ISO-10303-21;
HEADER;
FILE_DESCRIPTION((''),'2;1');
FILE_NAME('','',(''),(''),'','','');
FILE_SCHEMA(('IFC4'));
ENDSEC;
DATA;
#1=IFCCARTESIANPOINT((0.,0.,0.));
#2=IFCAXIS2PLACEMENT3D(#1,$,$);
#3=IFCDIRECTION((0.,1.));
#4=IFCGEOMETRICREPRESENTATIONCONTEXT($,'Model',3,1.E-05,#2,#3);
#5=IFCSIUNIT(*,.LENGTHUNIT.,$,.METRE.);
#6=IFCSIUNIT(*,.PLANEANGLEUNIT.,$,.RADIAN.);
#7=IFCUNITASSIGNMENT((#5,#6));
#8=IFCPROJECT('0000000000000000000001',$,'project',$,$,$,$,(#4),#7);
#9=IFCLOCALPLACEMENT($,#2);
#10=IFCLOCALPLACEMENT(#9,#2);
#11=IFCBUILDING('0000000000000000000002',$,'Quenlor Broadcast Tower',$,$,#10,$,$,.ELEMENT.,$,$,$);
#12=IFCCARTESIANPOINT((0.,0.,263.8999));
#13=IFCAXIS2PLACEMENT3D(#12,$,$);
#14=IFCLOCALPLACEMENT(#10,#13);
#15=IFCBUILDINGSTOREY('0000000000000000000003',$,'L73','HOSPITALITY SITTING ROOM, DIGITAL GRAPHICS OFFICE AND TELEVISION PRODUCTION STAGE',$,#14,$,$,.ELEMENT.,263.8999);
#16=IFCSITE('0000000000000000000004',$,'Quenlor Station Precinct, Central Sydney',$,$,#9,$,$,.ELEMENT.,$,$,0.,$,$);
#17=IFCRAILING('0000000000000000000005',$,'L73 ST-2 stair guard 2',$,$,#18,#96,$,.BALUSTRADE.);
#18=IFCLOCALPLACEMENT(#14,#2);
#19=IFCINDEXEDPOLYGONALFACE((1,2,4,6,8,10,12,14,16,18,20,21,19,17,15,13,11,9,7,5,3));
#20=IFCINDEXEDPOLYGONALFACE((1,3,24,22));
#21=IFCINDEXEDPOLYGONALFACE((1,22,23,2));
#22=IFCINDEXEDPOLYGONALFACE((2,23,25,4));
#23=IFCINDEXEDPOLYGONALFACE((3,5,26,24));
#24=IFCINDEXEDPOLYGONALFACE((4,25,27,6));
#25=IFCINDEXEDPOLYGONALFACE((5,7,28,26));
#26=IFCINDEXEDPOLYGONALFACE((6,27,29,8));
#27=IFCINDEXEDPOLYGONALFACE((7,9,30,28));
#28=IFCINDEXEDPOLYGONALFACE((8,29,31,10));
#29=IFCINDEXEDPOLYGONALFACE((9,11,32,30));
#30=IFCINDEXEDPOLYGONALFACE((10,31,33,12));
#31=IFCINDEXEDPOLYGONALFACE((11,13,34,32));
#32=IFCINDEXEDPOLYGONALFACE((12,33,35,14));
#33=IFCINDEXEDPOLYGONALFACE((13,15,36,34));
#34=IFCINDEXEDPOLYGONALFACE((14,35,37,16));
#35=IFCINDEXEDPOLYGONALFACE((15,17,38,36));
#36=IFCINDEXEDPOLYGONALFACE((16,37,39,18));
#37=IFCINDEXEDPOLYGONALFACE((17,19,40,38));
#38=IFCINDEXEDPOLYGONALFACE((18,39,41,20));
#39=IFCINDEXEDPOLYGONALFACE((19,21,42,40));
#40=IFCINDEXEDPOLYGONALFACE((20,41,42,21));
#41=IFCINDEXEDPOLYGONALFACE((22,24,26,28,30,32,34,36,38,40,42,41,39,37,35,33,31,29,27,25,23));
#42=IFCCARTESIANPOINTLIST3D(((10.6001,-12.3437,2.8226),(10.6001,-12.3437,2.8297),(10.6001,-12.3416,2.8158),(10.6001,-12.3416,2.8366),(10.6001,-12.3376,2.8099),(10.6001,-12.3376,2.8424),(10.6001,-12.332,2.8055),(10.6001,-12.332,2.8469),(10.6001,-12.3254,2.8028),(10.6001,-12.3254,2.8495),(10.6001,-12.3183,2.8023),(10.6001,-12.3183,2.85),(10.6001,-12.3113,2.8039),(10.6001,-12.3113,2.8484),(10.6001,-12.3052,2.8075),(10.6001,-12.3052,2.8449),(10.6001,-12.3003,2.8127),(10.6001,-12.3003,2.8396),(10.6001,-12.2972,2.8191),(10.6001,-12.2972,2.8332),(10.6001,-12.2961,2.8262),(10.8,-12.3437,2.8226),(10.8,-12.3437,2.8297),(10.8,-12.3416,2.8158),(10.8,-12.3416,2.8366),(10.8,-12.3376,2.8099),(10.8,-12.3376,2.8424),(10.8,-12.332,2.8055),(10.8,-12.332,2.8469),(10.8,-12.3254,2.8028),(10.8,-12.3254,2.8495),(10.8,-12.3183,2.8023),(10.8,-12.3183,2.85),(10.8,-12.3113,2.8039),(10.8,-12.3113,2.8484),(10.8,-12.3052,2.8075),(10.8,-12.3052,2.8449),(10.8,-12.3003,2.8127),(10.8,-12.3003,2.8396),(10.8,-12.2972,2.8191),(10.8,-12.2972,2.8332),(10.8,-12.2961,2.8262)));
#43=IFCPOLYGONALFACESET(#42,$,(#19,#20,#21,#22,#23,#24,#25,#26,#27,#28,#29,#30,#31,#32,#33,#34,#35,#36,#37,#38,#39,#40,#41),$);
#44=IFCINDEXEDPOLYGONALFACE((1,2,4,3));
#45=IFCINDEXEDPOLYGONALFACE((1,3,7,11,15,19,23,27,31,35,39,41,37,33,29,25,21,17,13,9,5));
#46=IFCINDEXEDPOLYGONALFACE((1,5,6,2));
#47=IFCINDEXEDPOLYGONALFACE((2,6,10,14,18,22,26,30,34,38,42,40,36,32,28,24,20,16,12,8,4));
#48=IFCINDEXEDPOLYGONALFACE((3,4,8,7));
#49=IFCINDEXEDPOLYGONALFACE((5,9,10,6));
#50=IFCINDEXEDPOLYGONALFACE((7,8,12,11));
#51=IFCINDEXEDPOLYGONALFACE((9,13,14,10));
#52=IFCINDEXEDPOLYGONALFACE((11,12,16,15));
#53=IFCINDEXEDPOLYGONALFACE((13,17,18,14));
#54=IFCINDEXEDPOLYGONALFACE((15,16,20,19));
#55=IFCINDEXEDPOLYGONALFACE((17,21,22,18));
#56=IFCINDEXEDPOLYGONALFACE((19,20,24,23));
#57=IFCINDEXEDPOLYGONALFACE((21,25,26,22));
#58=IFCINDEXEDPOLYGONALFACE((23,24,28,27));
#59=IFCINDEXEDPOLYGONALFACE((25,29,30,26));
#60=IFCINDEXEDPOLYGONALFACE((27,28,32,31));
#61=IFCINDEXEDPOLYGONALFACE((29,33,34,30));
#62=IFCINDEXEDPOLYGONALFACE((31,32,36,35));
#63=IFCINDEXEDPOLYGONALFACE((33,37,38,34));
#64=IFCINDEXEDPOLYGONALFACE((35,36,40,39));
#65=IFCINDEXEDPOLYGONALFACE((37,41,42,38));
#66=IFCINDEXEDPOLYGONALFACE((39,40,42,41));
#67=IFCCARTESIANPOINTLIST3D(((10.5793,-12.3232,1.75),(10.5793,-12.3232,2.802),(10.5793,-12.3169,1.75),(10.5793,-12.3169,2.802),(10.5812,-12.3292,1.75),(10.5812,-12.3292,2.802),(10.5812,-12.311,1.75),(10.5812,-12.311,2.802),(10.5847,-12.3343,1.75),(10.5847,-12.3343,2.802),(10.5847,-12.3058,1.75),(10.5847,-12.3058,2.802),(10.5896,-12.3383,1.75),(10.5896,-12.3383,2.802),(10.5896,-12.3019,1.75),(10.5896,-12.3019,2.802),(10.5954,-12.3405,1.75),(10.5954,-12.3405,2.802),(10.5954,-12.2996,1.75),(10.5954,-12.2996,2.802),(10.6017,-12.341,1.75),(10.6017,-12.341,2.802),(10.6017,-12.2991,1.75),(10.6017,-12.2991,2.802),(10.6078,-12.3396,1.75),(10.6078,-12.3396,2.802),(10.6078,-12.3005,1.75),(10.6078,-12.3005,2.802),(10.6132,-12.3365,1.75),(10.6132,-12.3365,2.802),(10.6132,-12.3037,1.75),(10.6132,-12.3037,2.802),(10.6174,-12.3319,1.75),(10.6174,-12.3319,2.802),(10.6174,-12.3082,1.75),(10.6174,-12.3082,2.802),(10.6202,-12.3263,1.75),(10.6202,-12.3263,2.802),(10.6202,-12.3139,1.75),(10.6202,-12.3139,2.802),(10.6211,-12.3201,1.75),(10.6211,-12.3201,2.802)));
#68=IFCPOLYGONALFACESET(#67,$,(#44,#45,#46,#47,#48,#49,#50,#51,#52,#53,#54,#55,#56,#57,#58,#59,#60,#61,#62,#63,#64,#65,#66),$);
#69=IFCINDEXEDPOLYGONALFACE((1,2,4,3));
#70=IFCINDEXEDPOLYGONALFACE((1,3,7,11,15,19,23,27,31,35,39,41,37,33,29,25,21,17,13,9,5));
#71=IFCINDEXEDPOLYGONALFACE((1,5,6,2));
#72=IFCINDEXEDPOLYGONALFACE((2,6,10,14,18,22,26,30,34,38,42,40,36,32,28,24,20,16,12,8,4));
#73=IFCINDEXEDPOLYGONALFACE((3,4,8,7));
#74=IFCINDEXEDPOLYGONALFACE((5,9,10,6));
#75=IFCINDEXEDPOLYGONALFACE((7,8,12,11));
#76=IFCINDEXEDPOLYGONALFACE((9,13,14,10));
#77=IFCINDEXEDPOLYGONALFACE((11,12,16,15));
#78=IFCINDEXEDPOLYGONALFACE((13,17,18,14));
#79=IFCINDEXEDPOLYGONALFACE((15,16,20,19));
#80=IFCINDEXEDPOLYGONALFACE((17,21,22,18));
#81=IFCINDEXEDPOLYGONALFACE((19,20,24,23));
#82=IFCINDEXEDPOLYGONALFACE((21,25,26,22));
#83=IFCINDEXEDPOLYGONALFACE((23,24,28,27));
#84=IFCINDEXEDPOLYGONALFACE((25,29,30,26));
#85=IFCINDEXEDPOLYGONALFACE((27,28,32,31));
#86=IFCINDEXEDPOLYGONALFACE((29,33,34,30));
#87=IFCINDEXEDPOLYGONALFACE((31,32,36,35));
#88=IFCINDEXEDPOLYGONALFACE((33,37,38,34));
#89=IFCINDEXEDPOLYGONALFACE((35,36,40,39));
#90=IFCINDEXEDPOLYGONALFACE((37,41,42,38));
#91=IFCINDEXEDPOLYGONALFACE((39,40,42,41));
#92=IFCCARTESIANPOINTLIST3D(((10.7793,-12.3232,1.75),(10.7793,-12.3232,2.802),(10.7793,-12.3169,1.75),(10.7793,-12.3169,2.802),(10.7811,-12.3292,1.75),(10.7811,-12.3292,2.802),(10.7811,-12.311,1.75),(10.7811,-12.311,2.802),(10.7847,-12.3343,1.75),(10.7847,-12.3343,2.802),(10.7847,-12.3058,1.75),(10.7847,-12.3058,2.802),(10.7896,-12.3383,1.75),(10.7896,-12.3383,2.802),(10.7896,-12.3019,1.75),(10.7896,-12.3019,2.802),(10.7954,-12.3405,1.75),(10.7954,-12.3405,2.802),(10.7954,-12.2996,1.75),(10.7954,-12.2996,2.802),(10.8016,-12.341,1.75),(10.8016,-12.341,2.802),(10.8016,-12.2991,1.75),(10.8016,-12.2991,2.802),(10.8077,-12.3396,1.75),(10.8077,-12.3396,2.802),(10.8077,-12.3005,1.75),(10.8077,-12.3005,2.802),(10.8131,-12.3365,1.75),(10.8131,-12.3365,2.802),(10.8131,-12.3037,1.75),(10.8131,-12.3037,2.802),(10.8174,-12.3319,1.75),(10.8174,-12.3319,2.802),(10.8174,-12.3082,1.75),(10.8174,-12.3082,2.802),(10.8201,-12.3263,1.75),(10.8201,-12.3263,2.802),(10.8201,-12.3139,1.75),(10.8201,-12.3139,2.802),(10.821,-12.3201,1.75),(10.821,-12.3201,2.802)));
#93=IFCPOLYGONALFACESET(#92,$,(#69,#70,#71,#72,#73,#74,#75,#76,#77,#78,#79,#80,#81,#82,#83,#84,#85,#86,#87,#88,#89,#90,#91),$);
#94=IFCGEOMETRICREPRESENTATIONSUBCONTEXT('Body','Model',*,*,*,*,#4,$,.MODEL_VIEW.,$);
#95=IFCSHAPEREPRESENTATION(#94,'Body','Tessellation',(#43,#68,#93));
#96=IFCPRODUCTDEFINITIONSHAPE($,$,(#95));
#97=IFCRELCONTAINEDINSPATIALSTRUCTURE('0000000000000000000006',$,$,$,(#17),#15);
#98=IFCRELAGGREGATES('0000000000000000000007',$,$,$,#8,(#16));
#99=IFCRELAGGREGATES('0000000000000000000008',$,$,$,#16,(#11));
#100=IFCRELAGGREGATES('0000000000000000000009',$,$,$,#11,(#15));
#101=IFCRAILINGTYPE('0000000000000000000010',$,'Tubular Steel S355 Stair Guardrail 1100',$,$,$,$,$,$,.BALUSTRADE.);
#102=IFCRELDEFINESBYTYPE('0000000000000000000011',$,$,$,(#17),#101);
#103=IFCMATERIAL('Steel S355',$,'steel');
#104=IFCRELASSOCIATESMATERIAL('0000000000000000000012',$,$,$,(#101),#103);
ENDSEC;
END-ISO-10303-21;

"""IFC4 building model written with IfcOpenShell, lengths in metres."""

from ifc_helpers import new_model, si_unit, direction, frame, origin, origin_2d, place, context, subcontext, project, spatial, circle, extrude, material, type_object, element, save


model = new_model("IFC4")

# Units and contexts
model_context = context("Model", 3, precision=1e-05, world=origin(), true_north=direction((0.0, 1.0)))
body_context = subcontext(model_context, "Body", "Model", "MODEL_VIEW")
ifc_project = project(units=[si_unit("LENGTHUNIT", "METRE"), si_unit("PLANEANGLEUNIT", "RADIAN")], contexts=[model_context])

# Site, building, storey
site_placement = place(None, origin())
site = spatial("IfcSite", under=ifc_project, at=site_placement, Name="Quenlor Station Precinct, Central Sydney", CompositionType="ELEMENT", RefElevation=0.0)
building_placement = place(site_placement, origin())
building = spatial("IfcBuilding", under=site, at=building_placement, Name="Quenlor Broadcast Tower", CompositionType="ELEMENT")
storey_placement = place(building_placement, frame((0.0, 0.0, 263.8999)))
storey = spatial("IfcBuildingStorey", under=building, at=storey_placement, Name="L73", Description="HOSPITALITY SITTING ROOM, DIGITAL GRAPHICS OFFICE AND TELEVISION PRODUCTION STAGE", CompositionType="ELEMENT", Elevation=263.8999)

# Railing
ifc_material_1 = material(Name="Steel S355", Category="steel")
railing_type_1 = type_object("IfcRailingType", Name="Tubular Steel S355 Stair Guardrail 1100", PredefinedType="BALUSTRADE", material=ifc_material_1)
railing_1_placement = place(storey_placement, frame((10.6001, -12.3201, 1.75)))
element("IfcRailing", 1, at=railing_1_placement, inside=storey, type_object=railing_type_1, Name="L73 ST-2 stair guard 2", PredefinedType="BALUSTRADE", context=body_context, shape_type="SweptSolid", body=[
    extrude(circle(Radius=0.0239, at=origin_2d()), frame((0.0, 0.0, 1.0762), z_axis=(1.0, 0.0, 0.0), x_axis=(0.0, 1.0, 0.0)), (0.0, 0.0, 1.0), 0.2),
    extrude(circle(Radius=0.021, at=origin_2d()), origin(), (0.0, 0.0, 1.0), 1.052),
    extrude(circle(Radius=0.021, at=origin_2d()), frame((0.2, 0.0, 0.0)), (0.0, 0.0, 1.0), 1.052),
])

save(model, "model.ifc")
